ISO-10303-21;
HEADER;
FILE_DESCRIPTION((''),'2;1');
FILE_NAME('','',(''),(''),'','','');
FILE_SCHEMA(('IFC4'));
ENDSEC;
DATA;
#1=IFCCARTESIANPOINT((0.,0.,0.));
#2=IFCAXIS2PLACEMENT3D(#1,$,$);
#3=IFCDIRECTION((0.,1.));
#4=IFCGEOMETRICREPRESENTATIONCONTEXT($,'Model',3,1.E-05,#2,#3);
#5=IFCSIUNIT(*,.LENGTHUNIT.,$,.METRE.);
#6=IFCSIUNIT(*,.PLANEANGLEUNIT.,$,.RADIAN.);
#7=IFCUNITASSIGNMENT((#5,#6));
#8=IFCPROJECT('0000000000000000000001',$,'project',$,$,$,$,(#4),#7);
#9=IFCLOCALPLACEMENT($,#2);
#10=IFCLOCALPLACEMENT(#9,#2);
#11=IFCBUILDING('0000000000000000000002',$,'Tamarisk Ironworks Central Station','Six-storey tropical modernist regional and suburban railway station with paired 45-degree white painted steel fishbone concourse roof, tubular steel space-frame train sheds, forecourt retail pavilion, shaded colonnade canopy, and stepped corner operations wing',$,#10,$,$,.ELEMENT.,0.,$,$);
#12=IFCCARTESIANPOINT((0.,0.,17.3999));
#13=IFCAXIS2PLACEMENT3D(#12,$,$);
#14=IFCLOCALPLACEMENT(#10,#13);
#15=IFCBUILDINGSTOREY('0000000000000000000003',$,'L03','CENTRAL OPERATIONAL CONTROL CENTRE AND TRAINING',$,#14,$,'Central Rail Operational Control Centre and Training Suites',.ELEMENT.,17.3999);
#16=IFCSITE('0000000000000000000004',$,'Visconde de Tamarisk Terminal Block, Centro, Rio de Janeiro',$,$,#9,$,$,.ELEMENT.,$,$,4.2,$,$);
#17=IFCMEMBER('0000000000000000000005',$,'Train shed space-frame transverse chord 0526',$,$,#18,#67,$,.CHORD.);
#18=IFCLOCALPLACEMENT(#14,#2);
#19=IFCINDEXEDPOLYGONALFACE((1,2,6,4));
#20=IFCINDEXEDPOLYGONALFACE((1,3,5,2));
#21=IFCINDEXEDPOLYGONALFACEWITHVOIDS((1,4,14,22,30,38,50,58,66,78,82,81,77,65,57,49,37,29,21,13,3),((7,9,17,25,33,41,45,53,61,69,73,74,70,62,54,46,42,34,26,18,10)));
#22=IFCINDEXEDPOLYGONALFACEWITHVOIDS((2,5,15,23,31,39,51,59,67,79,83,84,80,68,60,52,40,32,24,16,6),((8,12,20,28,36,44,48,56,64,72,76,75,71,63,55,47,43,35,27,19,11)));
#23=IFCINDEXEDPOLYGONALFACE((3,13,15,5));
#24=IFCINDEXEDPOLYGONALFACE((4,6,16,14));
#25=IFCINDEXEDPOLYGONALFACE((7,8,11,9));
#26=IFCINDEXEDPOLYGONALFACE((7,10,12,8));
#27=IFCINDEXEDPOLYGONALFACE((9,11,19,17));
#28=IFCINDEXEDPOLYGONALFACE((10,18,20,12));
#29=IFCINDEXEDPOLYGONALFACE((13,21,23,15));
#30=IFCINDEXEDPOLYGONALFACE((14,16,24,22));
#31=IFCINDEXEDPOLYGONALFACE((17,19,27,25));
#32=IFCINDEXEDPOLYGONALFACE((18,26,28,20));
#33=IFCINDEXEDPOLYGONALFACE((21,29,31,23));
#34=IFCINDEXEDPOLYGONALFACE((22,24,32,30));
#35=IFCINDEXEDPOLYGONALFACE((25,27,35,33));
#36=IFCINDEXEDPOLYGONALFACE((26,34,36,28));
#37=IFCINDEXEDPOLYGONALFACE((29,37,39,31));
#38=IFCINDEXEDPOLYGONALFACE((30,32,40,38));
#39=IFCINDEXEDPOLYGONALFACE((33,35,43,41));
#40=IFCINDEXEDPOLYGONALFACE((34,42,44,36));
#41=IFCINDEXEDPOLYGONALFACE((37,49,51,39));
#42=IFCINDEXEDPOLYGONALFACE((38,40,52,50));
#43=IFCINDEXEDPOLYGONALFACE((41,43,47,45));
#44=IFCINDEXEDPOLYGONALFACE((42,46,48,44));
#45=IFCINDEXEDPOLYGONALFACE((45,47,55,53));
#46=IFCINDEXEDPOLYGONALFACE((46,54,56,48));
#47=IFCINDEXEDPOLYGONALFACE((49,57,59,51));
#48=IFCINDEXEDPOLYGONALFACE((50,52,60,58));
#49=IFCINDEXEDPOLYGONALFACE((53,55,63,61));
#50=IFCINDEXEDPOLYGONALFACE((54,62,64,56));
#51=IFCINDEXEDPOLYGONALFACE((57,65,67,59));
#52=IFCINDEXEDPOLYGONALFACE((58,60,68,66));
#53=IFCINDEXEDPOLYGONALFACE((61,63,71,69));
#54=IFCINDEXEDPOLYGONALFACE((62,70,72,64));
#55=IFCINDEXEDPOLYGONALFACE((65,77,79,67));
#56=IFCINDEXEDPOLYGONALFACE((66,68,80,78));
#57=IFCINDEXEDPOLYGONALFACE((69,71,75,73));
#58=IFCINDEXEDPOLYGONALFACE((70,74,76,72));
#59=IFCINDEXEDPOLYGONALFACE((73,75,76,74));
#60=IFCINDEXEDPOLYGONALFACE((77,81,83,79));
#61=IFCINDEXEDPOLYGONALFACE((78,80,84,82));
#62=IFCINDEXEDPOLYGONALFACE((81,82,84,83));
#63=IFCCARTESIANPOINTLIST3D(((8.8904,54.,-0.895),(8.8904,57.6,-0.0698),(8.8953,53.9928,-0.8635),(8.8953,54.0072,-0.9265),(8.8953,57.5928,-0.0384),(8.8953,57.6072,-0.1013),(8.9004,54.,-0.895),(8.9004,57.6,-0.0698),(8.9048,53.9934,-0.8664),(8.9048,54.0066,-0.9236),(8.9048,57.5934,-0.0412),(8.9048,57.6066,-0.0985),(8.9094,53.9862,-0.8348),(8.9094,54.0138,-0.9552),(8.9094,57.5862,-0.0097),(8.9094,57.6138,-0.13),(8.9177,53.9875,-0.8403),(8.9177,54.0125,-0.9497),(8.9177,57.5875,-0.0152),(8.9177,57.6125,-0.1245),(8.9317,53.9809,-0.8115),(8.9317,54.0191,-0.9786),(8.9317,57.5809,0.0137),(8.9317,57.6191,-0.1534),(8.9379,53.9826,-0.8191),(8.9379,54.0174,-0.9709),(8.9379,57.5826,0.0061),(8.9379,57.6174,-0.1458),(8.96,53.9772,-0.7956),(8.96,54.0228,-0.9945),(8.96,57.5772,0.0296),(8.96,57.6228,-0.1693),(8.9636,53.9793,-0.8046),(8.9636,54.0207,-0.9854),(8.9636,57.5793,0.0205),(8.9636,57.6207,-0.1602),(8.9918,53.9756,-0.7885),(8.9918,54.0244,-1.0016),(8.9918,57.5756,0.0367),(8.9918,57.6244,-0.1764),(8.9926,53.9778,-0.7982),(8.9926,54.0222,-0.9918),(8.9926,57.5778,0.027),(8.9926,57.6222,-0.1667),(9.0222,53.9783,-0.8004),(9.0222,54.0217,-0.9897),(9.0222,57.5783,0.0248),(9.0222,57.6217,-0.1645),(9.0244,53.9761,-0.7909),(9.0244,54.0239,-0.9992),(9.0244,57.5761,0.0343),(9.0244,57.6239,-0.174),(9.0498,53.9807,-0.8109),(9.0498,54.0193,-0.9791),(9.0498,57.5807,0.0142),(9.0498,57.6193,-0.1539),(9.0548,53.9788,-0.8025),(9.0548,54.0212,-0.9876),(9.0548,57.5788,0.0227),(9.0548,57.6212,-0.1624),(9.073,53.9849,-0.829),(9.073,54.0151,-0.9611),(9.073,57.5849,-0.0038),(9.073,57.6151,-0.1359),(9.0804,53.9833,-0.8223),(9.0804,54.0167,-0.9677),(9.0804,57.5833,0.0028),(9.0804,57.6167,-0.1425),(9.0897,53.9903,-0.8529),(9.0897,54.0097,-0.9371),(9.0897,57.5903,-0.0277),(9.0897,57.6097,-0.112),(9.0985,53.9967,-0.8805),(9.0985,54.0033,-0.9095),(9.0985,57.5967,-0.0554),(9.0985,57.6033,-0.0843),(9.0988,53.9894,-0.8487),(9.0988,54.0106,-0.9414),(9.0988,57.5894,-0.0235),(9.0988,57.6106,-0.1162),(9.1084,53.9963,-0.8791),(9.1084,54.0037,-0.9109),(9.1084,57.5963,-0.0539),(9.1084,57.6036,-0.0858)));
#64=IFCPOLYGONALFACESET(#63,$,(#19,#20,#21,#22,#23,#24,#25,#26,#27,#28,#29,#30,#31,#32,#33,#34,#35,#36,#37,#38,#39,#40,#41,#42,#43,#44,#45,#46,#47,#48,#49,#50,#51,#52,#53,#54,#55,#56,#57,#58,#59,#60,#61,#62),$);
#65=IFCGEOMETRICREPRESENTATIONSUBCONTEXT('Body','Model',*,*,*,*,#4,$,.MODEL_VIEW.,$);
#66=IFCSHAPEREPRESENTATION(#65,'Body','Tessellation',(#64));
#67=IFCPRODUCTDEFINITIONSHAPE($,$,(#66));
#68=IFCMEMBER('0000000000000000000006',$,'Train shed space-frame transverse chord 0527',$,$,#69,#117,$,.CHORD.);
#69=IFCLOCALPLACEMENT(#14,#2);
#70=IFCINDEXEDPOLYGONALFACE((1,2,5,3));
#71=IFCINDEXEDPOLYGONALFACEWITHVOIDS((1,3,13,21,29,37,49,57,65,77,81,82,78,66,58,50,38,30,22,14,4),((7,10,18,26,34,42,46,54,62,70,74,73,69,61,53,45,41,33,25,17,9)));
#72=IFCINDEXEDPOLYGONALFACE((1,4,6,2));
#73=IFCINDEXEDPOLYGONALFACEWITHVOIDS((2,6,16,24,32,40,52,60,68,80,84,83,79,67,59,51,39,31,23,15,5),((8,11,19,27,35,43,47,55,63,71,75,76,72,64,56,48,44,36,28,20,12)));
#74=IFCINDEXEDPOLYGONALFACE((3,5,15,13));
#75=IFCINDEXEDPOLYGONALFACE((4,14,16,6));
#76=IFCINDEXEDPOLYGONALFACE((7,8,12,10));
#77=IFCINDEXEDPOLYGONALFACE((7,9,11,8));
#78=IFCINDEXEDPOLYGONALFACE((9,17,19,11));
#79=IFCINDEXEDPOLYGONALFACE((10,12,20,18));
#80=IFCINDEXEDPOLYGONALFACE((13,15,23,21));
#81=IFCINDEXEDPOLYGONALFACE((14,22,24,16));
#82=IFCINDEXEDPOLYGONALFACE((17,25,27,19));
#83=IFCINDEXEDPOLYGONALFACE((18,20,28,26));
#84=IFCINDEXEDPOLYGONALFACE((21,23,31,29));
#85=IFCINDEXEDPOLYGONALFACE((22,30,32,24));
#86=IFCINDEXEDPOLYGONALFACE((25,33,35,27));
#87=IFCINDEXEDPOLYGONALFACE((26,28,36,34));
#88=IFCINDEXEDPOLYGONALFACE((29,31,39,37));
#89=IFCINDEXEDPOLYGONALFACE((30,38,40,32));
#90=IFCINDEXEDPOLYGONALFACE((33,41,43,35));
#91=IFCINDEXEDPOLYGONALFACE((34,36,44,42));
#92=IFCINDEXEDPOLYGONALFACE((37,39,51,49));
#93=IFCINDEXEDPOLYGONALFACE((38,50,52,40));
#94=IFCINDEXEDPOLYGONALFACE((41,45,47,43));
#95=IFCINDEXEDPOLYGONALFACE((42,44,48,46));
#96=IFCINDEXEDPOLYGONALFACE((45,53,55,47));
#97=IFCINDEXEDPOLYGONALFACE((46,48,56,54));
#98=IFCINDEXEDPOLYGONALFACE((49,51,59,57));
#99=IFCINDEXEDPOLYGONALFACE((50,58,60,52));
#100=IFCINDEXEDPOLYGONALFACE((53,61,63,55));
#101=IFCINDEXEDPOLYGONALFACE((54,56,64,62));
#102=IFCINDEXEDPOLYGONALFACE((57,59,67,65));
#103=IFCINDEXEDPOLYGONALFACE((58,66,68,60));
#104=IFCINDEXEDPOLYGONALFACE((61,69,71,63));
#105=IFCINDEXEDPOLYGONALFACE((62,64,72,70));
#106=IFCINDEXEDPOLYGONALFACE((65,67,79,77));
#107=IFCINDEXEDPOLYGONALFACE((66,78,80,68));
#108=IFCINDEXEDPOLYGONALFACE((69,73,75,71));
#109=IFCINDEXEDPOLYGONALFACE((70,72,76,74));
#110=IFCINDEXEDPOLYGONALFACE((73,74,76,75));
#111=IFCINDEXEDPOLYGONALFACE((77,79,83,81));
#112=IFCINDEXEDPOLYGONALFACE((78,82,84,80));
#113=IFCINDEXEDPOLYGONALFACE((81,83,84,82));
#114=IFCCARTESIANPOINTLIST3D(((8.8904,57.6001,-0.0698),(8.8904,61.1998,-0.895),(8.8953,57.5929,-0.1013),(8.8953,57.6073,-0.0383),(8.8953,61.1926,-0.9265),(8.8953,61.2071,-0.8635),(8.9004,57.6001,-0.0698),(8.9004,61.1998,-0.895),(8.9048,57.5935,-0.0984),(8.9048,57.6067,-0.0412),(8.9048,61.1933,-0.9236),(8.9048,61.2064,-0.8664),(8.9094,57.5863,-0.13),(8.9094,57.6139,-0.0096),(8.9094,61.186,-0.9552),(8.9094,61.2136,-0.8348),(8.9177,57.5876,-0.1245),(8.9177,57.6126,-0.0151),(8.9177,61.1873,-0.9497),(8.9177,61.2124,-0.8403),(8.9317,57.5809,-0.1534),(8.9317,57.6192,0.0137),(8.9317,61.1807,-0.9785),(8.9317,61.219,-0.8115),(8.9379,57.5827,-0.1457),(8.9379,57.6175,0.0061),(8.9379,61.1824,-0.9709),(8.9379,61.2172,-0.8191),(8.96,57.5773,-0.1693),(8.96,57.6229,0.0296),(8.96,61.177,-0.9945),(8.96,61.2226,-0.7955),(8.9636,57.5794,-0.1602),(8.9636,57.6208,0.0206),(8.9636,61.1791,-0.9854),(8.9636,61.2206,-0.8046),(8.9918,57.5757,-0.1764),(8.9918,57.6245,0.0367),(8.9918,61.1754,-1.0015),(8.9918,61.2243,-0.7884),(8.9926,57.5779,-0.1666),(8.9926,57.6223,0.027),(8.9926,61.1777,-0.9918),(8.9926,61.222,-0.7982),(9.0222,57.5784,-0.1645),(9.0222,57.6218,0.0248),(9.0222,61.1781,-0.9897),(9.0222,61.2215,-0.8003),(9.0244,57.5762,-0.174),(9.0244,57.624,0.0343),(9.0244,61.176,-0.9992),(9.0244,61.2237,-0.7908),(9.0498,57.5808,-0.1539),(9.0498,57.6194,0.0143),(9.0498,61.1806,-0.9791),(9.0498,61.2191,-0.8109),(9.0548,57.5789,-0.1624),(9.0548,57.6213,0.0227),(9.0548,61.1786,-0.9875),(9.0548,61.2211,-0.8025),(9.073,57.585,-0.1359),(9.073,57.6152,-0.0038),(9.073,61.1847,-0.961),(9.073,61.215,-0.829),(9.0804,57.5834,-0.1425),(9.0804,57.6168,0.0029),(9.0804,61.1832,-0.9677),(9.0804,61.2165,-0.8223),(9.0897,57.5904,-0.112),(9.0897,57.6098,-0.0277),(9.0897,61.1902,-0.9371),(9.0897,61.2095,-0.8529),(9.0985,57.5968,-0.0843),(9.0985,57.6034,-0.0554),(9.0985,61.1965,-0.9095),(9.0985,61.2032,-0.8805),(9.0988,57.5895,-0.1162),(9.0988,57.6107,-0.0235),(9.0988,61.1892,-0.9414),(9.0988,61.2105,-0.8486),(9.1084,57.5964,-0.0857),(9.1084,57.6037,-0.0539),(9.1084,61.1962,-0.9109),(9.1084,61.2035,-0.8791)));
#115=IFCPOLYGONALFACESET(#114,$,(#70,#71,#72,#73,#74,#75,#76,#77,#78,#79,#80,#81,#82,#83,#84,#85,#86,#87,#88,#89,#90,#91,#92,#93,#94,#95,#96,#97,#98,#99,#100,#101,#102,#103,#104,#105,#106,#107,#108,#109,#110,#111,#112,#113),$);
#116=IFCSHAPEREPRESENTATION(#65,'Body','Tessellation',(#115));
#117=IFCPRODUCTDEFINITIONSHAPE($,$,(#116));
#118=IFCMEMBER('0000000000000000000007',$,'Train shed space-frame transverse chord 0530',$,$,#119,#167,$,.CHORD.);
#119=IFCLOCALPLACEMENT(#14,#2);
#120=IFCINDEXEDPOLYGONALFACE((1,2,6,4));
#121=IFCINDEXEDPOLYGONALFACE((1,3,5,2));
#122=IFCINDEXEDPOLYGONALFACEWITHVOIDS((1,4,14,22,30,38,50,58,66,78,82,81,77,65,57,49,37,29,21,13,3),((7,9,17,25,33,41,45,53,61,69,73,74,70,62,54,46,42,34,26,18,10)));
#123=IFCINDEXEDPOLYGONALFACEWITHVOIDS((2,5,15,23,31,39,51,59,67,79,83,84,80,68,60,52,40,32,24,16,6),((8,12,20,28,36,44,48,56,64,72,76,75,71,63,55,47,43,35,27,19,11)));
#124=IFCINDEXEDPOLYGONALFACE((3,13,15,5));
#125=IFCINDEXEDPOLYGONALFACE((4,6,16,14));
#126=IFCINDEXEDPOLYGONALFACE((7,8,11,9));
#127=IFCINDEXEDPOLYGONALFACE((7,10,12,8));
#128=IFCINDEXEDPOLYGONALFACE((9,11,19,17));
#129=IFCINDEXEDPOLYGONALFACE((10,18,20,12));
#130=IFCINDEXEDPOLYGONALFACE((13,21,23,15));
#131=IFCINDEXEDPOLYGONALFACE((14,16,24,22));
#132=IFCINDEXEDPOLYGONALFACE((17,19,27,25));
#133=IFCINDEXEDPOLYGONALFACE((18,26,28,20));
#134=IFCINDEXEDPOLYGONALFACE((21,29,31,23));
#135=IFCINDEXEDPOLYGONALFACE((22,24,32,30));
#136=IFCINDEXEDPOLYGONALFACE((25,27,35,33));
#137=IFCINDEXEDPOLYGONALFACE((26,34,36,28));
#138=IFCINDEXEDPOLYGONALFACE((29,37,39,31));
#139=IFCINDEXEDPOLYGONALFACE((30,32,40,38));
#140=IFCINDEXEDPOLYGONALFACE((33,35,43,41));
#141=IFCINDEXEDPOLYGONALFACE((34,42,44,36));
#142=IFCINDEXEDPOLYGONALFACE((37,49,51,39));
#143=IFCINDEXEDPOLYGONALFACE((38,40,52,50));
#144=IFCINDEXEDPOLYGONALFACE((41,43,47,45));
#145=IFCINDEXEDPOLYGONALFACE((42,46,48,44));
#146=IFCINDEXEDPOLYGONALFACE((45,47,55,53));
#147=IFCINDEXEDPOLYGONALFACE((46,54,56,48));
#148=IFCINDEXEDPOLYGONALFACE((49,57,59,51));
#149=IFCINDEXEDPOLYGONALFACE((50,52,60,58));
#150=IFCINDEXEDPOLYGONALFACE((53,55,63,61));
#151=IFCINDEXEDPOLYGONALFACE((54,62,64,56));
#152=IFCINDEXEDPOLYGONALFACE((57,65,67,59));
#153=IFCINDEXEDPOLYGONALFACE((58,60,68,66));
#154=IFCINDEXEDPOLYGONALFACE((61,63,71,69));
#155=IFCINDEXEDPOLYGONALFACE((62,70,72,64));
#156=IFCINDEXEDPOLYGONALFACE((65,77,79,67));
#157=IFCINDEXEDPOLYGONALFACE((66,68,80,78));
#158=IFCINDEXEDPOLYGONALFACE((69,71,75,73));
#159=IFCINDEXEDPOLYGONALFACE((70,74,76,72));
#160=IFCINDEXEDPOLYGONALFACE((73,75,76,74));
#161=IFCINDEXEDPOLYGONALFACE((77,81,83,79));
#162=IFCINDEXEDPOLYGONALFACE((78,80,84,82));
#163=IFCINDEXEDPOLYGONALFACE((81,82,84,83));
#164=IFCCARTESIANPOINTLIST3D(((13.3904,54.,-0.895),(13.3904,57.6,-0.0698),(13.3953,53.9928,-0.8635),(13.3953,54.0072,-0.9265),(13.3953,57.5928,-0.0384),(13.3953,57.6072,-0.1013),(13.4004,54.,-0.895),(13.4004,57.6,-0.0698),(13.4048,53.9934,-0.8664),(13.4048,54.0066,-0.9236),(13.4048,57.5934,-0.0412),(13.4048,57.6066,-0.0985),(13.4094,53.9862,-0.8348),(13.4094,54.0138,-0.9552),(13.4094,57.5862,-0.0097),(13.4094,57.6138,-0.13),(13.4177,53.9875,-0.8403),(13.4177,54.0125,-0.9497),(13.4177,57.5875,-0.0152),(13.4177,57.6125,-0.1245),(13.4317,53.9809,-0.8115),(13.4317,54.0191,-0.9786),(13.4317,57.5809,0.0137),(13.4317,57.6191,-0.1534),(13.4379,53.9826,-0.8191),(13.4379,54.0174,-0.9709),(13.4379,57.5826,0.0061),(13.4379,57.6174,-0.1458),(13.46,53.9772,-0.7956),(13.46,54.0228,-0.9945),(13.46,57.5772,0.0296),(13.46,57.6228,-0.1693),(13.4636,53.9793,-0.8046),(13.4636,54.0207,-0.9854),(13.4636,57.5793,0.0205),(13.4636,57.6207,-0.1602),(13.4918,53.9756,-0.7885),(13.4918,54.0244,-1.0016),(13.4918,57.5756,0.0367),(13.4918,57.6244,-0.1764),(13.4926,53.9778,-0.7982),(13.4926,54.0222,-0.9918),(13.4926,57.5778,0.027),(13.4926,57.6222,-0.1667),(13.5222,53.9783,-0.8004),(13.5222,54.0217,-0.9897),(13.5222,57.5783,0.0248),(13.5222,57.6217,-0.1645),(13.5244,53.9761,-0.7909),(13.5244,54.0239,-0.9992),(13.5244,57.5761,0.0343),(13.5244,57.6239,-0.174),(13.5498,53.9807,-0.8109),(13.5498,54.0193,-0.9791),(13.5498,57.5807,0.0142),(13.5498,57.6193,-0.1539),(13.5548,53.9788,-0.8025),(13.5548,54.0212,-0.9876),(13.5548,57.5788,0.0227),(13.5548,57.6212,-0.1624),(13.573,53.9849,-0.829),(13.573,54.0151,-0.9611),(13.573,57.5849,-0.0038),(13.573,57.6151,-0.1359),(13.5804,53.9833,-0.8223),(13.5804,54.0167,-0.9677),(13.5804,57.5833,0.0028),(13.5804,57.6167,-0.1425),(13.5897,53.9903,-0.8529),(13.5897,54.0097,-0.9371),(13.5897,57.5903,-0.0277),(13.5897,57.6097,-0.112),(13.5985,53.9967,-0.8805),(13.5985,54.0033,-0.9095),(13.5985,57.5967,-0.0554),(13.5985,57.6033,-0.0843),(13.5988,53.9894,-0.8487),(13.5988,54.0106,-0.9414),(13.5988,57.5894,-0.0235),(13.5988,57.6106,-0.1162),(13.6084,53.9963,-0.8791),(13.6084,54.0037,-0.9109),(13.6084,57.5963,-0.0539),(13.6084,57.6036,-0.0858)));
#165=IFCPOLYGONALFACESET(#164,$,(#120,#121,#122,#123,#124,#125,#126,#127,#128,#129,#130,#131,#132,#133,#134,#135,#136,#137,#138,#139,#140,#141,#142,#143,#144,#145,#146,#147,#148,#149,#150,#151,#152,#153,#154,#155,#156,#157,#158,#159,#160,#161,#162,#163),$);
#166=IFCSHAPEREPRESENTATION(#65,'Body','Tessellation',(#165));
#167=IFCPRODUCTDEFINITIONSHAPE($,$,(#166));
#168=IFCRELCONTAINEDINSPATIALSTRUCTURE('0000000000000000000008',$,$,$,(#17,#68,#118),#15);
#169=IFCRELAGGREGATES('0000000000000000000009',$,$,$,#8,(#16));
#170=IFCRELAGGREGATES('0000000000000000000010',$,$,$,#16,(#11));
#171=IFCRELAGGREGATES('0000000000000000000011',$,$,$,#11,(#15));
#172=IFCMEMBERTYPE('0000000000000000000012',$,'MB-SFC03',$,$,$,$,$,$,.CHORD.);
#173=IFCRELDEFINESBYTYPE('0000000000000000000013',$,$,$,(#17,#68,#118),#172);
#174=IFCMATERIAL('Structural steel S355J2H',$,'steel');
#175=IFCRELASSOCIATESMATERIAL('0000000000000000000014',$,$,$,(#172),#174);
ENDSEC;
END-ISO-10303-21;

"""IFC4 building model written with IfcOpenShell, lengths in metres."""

from ifc_helpers import new_model, si_unit, direction, frame, origin, origin_2d, place, context, subcontext, project, spatial, hollow_circle, extrude, material, material_profile, profile_set, type_object, element, save


model = new_model("IFC4")

# Units and contexts
model_context = context("Model", 3, precision=1e-05, world=origin(), true_north=direction((0.0, 1.0)))
body_context = subcontext(model_context, "Body", "Model", "MODEL_VIEW")
ifc_project = project(units=[si_unit("LENGTHUNIT", "METRE"), si_unit("PLANEANGLEUNIT", "RADIAN")], contexts=[model_context])

# Site, building, storey
site_placement = place(None, origin())
site = spatial("IfcSite", under=ifc_project, at=site_placement, Name="Visconde de Tamarisk Terminal Block, Centro, Rio de Janeiro", CompositionType="ELEMENT", RefElevation=4.2)
building_placement = place(site_placement, origin())
building = spatial("IfcBuilding", under=site, at=building_placement, Name="Tamarisk Ironworks Central Station", Description="Six-storey tropical modernist regional and suburban railway station with paired 45-degree white painted steel fishbone concourse roof, tubular steel space-frame train sheds, forecourt retail pavilion, shaded colonnade canopy, and stepped corner operations wing", CompositionType="ELEMENT", ElevationOfRefHeight=0.0)
storey_placement = place(building_placement, frame((0.0, 0.0, 17.3999)))
storey = spatial("IfcBuildingStorey", under=building, at=storey_placement, Name="L03", Description="CENTRAL OPERATIONAL CONTROL CENTRE AND TRAINING", LongName="Central Rail Operational Control Centre and Training Suites", CompositionType="ELEMENT", Elevation=17.3999)

# Members
ifc_material_1 = material(Name="Structural steel S355J2H", Category="steel")
ifc_material_profile_1 = material_profile(ifc_material_1, hollow_circle(Radius=0.1096, WallThickness=0.01, at=origin_2d()), Name="CHS 219.1x10")
ifc_profile_set_1 = profile_set([ifc_material_profile_1], Name="Structural steel S355J2H")
member_type_1 = type_object("IfcMemberType", Name="MB-SFC03", PredefinedType="CHORD", material=ifc_profile_set_1)
member_1_placement = place(storey_placement, frame((9.0, 54.0, -0.895), z_axis=(0.0, 0.974722, 0.223421), x_axis=(-1.0, 0.0, 0.0)))
element("IfcMember", 1, at=member_1_placement, inside=storey, type_object=member_type_1, Name="Train shed space-frame transverse chord 0526", PredefinedType="CHORD", context=body_context, shape_type="SweptSolid", body=[
    extrude(hollow_circle(Radius=0.1096, WallThickness=0.01, at=origin_2d()), origin(), (0.0, 0.0, 1.0), 3.6934),
])
member_2_placement = place(storey_placement, frame((9.0, 57.6001, -0.0698), z_axis=(0.0, 0.974719, -0.223435), x_axis=(-1.0, 0.0, 0.0)))
element("IfcMember", 2, at=member_2_placement, inside=storey, type_object=member_type_1, Name="Train shed space-frame transverse chord 0527", PredefinedType="CHORD", context=body_context, shape_type="SweptSolid", body=[
    extrude(hollow_circle(Radius=0.1096, WallThickness=0.01, at=origin_2d()), origin(), (0.0, 0.0, 1.0), 3.6931),
])
member_3_placement = place(storey_placement, frame((13.5, 54.0, -0.895), z_axis=(0.0, 0.974722, 0.223421), x_axis=(-1.0, 0.0, 0.0)))
element("IfcMember", 3, at=member_3_placement, inside=storey, type_object=member_type_1, Name="Train shed space-frame transverse chord 0530", PredefinedType="CHORD", context=body_context, shape_type="SweptSolid", body=[
    extrude(hollow_circle(Radius=0.1096, WallThickness=0.01, at=origin_2d()), origin(), (0.0, 0.0, 1.0), 3.6934),
])

save(model, "model.ifc")
